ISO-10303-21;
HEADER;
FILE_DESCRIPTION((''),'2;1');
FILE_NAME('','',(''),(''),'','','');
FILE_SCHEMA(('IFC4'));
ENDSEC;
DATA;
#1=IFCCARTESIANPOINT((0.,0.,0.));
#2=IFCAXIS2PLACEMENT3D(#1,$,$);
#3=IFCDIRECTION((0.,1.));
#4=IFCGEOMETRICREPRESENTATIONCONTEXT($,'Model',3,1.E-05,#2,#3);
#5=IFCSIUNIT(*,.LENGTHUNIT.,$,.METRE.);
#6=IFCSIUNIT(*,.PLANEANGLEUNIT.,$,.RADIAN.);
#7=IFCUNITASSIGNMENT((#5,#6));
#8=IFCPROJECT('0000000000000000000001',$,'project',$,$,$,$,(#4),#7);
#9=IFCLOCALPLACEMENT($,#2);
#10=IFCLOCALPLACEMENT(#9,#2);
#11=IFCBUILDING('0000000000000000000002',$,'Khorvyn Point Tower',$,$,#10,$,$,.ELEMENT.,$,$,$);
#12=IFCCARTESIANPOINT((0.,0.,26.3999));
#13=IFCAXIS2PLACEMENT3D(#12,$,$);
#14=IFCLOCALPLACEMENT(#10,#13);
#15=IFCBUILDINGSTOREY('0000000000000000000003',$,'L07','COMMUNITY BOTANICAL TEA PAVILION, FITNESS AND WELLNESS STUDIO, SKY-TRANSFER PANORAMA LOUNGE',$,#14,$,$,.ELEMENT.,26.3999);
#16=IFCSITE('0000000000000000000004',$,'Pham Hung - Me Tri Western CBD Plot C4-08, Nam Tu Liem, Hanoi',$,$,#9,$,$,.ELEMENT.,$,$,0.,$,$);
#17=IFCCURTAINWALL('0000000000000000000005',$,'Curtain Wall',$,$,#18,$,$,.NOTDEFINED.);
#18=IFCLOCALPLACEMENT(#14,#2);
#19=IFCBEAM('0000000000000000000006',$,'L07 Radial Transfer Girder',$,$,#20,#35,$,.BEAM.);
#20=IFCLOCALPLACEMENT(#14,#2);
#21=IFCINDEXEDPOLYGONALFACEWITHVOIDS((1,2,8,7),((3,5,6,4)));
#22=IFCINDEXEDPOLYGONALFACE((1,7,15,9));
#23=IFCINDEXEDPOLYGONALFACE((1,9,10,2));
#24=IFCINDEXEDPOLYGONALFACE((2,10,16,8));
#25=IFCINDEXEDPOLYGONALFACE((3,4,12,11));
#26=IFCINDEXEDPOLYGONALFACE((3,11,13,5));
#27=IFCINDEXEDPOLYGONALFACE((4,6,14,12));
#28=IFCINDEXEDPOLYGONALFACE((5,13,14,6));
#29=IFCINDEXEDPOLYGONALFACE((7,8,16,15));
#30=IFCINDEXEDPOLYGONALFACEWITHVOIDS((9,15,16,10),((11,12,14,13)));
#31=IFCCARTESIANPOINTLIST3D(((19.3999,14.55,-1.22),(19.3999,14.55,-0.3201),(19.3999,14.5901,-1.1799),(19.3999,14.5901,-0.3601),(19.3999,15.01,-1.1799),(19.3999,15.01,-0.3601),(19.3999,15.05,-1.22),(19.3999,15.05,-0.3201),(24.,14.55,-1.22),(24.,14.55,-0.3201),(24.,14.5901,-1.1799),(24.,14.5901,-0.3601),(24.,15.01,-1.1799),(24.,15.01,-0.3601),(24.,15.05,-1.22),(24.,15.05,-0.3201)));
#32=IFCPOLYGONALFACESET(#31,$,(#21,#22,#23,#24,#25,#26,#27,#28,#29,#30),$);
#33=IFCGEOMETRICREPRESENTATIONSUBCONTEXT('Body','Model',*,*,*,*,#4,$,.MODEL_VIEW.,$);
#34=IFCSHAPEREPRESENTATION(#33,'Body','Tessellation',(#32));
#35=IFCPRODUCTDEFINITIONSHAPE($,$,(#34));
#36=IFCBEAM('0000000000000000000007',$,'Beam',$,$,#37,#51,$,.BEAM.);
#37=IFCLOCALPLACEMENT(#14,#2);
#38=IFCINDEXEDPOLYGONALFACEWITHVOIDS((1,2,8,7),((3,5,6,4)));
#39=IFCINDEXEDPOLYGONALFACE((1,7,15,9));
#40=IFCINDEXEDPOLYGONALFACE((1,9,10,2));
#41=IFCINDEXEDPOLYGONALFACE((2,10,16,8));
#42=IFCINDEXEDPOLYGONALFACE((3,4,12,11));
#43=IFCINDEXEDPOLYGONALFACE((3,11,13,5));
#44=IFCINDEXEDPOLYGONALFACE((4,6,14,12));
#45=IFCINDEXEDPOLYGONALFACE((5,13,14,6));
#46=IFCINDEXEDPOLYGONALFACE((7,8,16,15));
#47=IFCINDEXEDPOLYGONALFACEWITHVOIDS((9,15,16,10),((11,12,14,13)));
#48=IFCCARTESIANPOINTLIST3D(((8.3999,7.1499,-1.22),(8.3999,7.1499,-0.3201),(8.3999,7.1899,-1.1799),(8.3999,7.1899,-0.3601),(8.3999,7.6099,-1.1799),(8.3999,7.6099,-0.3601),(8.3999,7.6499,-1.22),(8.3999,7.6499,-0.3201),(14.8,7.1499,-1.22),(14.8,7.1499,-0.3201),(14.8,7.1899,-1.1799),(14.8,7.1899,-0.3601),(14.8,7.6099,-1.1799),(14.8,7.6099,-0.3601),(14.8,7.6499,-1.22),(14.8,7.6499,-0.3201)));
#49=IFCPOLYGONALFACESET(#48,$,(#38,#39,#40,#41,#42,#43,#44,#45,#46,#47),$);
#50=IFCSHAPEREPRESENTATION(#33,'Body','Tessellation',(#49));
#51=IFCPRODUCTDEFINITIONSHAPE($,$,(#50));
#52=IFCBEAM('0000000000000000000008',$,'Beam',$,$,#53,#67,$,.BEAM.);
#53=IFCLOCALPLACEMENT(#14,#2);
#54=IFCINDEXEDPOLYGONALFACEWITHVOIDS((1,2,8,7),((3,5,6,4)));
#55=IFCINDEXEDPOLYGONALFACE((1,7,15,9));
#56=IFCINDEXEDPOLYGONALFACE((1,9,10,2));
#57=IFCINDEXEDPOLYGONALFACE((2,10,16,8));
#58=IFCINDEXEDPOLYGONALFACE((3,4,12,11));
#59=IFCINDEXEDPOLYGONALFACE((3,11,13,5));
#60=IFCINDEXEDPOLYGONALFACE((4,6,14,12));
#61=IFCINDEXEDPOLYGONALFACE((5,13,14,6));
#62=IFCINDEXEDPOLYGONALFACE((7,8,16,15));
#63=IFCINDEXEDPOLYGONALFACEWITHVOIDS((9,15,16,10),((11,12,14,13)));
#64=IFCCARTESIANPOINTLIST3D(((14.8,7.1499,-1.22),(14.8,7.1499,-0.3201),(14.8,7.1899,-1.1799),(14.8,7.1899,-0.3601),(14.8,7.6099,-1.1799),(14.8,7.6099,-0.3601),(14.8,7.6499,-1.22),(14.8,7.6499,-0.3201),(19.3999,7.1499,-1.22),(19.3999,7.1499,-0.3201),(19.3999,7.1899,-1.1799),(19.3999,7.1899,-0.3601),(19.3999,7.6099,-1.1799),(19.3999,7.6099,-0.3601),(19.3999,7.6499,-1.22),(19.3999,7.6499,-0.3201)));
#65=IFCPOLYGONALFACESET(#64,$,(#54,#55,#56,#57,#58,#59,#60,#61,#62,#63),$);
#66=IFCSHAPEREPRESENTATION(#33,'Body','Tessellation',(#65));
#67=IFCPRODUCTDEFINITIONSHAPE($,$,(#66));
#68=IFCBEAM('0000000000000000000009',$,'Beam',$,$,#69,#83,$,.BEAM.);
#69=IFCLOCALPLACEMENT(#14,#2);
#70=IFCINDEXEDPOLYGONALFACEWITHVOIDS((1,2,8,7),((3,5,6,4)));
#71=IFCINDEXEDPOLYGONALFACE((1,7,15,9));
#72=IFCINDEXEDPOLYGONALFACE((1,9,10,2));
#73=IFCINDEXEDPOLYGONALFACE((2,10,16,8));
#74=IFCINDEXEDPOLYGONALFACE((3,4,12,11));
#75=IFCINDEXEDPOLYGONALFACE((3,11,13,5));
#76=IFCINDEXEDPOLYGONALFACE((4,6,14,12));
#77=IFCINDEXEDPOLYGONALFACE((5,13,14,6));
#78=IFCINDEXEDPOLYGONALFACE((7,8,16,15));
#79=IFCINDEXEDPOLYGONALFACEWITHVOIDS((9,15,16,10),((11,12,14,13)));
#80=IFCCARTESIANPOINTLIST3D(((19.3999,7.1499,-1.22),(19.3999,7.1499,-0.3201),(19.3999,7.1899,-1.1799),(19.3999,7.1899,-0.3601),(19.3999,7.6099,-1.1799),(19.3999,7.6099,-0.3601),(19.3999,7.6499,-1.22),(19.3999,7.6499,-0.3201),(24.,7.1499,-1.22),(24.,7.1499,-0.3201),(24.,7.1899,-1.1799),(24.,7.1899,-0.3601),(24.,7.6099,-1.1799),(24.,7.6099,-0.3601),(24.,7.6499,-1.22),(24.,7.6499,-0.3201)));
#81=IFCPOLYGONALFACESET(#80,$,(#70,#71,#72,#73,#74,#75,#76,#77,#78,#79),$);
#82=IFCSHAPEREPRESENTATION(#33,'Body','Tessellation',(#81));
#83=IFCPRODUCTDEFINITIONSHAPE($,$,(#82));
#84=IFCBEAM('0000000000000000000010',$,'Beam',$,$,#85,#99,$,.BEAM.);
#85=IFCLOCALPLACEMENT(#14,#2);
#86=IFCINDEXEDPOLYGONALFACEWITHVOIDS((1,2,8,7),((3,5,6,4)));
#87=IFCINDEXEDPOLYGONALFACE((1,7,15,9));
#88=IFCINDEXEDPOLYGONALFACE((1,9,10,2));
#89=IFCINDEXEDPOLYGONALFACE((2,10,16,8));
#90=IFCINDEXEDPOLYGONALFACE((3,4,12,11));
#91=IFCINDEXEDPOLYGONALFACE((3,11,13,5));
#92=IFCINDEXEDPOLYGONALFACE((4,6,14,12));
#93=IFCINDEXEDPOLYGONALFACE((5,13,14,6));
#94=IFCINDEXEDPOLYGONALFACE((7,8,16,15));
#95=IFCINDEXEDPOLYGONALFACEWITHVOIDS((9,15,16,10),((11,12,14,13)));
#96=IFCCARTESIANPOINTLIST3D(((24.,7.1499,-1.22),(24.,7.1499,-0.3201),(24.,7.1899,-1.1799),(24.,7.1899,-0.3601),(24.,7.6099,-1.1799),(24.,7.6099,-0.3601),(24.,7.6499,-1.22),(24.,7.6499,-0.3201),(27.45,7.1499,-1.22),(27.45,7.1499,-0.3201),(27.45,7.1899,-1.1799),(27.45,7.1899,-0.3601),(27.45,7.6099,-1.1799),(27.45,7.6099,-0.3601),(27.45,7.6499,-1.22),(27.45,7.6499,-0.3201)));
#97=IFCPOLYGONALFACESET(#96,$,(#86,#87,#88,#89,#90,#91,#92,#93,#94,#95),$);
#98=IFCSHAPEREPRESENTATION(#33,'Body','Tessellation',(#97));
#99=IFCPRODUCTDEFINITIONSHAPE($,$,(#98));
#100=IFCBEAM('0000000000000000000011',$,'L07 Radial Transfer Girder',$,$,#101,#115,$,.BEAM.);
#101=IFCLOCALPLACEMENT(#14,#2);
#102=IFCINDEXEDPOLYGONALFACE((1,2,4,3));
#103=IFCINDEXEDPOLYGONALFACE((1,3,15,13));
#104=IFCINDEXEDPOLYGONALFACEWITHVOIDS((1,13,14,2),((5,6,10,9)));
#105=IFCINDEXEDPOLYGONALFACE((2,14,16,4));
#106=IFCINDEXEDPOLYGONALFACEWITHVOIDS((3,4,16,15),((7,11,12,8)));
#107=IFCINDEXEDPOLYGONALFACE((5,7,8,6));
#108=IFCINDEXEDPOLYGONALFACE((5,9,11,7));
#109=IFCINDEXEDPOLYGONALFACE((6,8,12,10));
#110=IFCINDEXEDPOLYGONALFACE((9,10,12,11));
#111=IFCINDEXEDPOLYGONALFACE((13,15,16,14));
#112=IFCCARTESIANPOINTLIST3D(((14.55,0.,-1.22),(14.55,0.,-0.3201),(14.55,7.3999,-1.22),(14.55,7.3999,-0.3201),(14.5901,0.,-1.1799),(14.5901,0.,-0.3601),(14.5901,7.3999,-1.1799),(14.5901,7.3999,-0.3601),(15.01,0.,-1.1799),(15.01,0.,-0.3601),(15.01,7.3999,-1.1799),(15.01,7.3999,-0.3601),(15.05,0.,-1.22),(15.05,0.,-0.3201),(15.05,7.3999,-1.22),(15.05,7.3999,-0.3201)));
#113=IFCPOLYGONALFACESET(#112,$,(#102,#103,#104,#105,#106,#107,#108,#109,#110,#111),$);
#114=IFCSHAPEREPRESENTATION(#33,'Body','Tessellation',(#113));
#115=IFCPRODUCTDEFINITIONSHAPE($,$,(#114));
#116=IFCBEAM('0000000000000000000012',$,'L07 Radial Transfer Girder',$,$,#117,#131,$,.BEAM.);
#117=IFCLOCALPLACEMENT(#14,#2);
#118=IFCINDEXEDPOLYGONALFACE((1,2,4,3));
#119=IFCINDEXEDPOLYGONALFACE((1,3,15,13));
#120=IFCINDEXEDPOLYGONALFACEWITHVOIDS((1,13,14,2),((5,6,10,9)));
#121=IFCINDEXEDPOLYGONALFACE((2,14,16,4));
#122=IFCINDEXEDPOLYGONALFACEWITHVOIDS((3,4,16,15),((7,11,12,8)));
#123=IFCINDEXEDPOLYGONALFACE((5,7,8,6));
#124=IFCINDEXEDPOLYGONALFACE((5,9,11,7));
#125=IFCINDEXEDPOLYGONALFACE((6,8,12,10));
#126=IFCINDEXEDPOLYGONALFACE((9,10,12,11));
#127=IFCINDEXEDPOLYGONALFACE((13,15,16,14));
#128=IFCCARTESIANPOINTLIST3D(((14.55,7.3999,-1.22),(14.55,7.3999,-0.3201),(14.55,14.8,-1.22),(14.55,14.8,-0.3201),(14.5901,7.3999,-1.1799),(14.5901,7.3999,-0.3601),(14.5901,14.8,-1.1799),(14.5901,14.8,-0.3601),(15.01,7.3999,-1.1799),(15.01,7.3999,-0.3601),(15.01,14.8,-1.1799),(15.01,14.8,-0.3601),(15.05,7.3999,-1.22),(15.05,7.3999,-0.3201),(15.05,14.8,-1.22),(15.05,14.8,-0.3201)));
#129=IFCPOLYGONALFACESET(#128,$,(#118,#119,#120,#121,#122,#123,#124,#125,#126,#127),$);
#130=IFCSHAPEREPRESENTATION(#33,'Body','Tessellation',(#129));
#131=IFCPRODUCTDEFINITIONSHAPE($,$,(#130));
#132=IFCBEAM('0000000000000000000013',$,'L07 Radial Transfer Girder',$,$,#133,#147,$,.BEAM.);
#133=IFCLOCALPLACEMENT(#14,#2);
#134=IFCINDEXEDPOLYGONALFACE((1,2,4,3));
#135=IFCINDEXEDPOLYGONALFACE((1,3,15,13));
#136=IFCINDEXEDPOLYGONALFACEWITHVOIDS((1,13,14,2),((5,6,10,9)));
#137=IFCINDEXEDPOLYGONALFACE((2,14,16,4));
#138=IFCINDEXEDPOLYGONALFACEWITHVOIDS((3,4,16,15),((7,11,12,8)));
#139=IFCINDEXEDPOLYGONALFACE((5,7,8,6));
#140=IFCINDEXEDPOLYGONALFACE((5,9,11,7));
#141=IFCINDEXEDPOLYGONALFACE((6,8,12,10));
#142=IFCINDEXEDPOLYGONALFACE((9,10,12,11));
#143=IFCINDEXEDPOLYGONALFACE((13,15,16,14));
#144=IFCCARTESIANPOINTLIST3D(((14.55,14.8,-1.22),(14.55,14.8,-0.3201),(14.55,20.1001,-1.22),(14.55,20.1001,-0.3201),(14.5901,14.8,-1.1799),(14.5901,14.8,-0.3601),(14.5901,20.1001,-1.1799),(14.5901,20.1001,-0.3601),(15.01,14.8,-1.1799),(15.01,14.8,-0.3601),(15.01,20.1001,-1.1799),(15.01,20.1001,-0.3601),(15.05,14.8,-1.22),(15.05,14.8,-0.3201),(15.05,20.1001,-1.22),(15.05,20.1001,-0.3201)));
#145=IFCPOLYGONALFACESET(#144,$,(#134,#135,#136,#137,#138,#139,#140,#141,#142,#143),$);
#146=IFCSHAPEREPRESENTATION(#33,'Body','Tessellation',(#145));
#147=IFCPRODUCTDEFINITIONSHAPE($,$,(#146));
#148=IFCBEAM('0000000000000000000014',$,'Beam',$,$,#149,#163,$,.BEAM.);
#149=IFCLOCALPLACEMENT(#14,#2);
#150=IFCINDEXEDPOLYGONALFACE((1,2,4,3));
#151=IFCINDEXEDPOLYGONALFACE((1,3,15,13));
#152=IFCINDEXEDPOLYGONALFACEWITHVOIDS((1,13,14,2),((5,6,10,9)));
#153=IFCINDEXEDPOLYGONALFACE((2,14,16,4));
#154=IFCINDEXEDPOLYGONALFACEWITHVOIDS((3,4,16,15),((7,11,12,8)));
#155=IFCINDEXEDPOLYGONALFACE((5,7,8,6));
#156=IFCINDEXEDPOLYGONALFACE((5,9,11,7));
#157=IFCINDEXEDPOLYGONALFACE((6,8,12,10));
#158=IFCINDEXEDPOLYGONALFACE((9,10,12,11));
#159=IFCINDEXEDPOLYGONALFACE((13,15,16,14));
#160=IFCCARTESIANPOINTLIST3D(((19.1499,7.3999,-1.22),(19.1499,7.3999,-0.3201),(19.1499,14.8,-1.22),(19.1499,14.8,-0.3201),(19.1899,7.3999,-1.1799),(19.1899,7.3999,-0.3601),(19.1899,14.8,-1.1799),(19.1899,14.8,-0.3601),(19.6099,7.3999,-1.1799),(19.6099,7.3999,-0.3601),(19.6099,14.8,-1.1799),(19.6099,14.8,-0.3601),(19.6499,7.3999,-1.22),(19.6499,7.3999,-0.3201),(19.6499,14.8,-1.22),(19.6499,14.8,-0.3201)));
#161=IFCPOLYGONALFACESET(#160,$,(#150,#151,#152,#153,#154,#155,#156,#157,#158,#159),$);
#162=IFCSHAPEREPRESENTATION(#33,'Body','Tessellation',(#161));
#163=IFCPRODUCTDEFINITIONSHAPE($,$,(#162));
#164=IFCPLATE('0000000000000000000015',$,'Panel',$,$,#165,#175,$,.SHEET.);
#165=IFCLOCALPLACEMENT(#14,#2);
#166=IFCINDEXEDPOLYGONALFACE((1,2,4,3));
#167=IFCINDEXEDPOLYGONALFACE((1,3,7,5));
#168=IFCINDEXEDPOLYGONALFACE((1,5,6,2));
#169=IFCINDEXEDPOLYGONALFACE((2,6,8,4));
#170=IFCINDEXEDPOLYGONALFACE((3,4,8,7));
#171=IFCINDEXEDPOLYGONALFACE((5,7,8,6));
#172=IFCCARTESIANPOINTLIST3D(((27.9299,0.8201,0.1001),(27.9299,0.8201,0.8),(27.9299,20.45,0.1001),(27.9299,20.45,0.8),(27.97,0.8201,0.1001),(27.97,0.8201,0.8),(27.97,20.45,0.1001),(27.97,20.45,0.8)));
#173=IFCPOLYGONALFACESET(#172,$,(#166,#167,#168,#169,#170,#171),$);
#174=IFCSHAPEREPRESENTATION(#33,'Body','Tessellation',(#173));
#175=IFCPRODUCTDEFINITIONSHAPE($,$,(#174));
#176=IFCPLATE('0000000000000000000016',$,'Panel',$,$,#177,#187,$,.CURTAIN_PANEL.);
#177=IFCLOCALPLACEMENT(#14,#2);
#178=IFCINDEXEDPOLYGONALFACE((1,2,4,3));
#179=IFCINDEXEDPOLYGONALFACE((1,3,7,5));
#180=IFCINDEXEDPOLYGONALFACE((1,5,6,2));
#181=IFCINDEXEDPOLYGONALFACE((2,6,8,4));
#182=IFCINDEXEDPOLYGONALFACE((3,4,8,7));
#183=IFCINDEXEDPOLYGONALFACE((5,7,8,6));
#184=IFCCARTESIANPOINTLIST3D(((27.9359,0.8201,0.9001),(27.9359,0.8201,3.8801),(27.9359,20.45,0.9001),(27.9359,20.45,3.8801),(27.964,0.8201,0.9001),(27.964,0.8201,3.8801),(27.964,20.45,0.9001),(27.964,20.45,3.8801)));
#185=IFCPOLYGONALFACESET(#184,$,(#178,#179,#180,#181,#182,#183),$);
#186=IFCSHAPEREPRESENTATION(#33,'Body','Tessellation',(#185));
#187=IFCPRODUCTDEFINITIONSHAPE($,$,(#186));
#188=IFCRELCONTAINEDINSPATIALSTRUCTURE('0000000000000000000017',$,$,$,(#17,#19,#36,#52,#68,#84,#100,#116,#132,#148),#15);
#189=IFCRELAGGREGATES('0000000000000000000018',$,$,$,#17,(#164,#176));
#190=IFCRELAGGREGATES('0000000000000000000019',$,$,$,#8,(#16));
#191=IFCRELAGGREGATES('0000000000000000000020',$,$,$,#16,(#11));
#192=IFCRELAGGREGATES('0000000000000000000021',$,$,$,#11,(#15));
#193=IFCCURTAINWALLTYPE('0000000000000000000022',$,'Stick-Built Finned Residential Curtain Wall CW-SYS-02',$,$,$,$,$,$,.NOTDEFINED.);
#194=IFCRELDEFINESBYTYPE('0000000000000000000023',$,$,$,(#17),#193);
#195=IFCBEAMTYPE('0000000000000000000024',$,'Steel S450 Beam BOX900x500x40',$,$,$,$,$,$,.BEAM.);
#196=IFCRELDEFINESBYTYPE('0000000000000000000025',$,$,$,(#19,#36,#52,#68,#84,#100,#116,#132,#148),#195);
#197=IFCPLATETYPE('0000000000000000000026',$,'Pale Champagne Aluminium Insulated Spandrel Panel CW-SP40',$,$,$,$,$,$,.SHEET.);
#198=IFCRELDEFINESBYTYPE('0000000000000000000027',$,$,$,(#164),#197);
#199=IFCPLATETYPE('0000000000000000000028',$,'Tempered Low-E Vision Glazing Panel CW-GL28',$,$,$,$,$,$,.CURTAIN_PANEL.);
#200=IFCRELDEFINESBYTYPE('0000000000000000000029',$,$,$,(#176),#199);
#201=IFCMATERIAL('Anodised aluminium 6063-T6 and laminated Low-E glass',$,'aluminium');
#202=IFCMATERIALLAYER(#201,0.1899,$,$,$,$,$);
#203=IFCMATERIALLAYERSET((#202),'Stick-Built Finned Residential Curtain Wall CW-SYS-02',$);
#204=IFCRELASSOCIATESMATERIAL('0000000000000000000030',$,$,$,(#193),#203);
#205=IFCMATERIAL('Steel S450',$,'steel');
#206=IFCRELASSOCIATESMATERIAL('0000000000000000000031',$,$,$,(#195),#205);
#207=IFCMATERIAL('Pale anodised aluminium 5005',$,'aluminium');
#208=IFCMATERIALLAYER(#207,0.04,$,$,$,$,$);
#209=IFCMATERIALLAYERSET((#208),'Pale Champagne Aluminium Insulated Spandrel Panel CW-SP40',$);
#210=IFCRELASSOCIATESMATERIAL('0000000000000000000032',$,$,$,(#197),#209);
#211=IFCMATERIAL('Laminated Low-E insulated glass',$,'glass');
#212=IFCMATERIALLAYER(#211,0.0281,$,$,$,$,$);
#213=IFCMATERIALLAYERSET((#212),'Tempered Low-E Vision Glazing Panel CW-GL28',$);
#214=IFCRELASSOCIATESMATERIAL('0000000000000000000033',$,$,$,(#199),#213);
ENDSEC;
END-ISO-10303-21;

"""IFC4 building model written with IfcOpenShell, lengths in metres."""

from ifc_helpers import new_model, si_unit, direction, frame, origin, origin_2d, place, context, subcontext, project, spatial, rectangle, hollow_rectangle, extrude, material, layer, layer_set, material_profile, profile_set, type_object, element, aggregate, save


model = new_model("IFC4")

# Units and contexts
model_context = context("Model", 3, precision=1e-05, world=origin(), true_north=direction((0.0, 1.0)))
body_context = subcontext(model_context, "Body", "Model", "MODEL_VIEW")
ifc_project = project(units=[si_unit("LENGTHUNIT", "METRE"), si_unit("PLANEANGLEUNIT", "RADIAN")], contexts=[model_context])

# Site, building, storey
site_placement = place(None, origin())
site = spatial("IfcSite", under=ifc_project, at=site_placement, Name="Pham Hung - Me Tri Western CBD Plot C4-08, Nam Tu Liem, Hanoi", CompositionType="ELEMENT", RefElevation=0.0)
building_placement = place(site_placement, origin())
building = spatial("IfcBuilding", under=site, at=building_placement, Name="Khorvyn Point Tower", CompositionType="ELEMENT")
storey_placement = place(building_placement, frame((0.0, 0.0, 26.3999)))
storey = spatial("IfcBuildingStorey", under=building, at=storey_placement, Name="L07", Description="COMMUNITY BOTANICAL TEA PAVILION, FITNESS AND WELLNESS STUDIO, SKY-TRANSFER PANORAMA LOUNGE", CompositionType="ELEMENT", Elevation=26.3999)

# Shared definitions
ifc_material_1 = material(Name="Steel S450", Category="steel")

# Curtain wall
ifc_material_2 = material(Name="Anodised aluminium 6063-T6 and laminated Low-E glass", Category="aluminium")
ifc_layer_1 = layer(ifc_material_2, 0.1899)
ifc_layer_set_1 = layer_set([ifc_layer_1], Name="Stick-Built Finned Residential Curtain Wall CW-SYS-02")
curtain_wall_type = type_object("IfcCurtainWallType", Name="Stick-Built Finned Residential Curtain Wall CW-SYS-02", PredefinedType="NOTDEFINED", material=ifc_layer_set_1)
curtain_wall_placement = place(storey_placement, origin())
curtain_wall = element("IfcCurtainWall", 1, at=curtain_wall_placement, inside=storey, type_object=curtain_wall_type, Name="Curtain Wall", PredefinedType="NOTDEFINED")

# Beams
ifc_material_profile_1 = material_profile(ifc_material_1, hollow_rectangle(XDim=0.5, YDim=0.8999, WallThickness=0.04, at=origin_2d()))
ifc_profile_set_1 = profile_set([ifc_material_profile_1], Name="Steel S450 BOX900x500x40")
beam_type_1 = type_object("IfcBeamType", Name="Steel S450 Beam BOX900x500x40", PredefinedType="BEAM", material=ifc_profile_set_1)
beam_1_placement = place(storey_placement, frame((19.3999, 14.8, -0.77), z_axis=(1.0, 0.0, 0.0), x_axis=(0.0, 1.0, 0.0)))
element("IfcBeam", 2, at=beam_1_placement, inside=storey, type_object=beam_type_1, Name="L07 Radial Transfer Girder", PredefinedType="BEAM", context=body_context, shape_type="SweptSolid", body=[
    extrude(hollow_rectangle(XDim=0.5, YDim=0.8999, WallThickness=0.04, at=origin_2d()), origin(), (0.0, 0.0, 1.0), 4.6001),
])
beam_2_placement = place(storey_placement, frame((8.3999, 7.3999, -0.77), z_axis=(1.0, 0.0, 0.0), x_axis=(0.0, 1.0, 0.0)))
element("IfcBeam", 3, at=beam_2_placement, inside=storey, type_object=beam_type_1, Name="Beam", PredefinedType="BEAM", context=body_context, shape_type="SweptSolid", body=[
    extrude(hollow_rectangle(XDim=0.5, YDim=0.8999, WallThickness=0.04, at=origin_2d()), origin(), (0.0, 0.0, 1.0), 6.4001),
])
beam_3_placement = place(storey_placement, frame((14.8, 7.3999, -0.77), z_axis=(1.0, 0.0, 0.0), x_axis=(0.0, 1.0, 0.0)))
element("IfcBeam", 4, at=beam_3_placement, inside=storey, type_object=beam_type_1, Name="Beam", PredefinedType="BEAM", context=body_context, shape_type="SweptSolid", body=[
    extrude(hollow_rectangle(XDim=0.5, YDim=0.8999, WallThickness=0.04, at=origin_2d()), origin(), (0.0, 0.0, 1.0), 4.5999),
])
beam_4_placement = place(storey_placement, frame((19.3999, 7.3999, -0.77), z_axis=(1.0, 0.0, 0.0), x_axis=(0.0, 1.0, 0.0)))
element("IfcBeam", 5, at=beam_4_placement, inside=storey, type_object=beam_type_1, Name="Beam", PredefinedType="BEAM", context=body_context, shape_type="SweptSolid", body=[
    extrude(hollow_rectangle(XDim=0.5, YDim=0.8999, WallThickness=0.04, at=origin_2d()), origin(), (0.0, 0.0, 1.0), 4.6001),
])
beam_5_placement = place(storey_placement, frame((24.0, 7.3999, -0.77), z_axis=(1.0, 0.0, 0.0), x_axis=(0.0, 1.0, 0.0)))
element("IfcBeam", 6, at=beam_5_placement, inside=storey, type_object=beam_type_1, Name="Beam", PredefinedType="BEAM", context=body_context, shape_type="SweptSolid", body=[
    extrude(hollow_rectangle(XDim=0.5, YDim=0.8999, WallThickness=0.04, at=origin_2d()), origin(), (0.0, 0.0, 1.0), 3.45),
])
beam_6_placement = place(storey_placement, frame((14.8, 0.0, -0.77), z_axis=(0.0, 1.0, 0.0), x_axis=(-1.0, 0.0, 0.0)))
element("IfcBeam", 7, at=beam_6_placement, inside=storey, type_object=beam_type_1, Name="L07 Radial Transfer Girder", PredefinedType="BEAM", context=body_context, shape_type="SweptSolid", body=[
    extrude(hollow_rectangle(XDim=0.5, YDim=0.8999, WallThickness=0.04, at=origin_2d()), origin(), (0.0, 0.0, 1.0), 7.3999),
])
beam_7_placement = place(storey_placement, frame((14.8, 7.3999, -0.77), z_axis=(0.0, 1.0, 0.0), x_axis=(-1.0, 0.0, 0.0)))
element("IfcBeam", 8, at=beam_7_placement, inside=storey, type_object=beam_type_1, Name="L07 Radial Transfer Girder", PredefinedType="BEAM", context=body_context, shape_type="SweptSolid", body=[
    extrude(hollow_rectangle(XDim=0.5, YDim=0.8999, WallThickness=0.04, at=origin_2d()), origin(), (0.0, 0.0, 1.0), 7.4001),
])
beam_8_placement = place(storey_placement, frame((14.8, 14.8, -0.77), z_axis=(0.0, 1.0, 0.0), x_axis=(-1.0, 0.0, 0.0)))
element("IfcBeam", 9, at=beam_8_placement, inside=storey, type_object=beam_type_1, Name="L07 Radial Transfer Girder", PredefinedType="BEAM", context=body_context, shape_type="SweptSolid", body=[
    extrude(hollow_rectangle(XDim=0.5, YDim=0.8999, WallThickness=0.04, at=origin_2d()), origin(), (0.0, 0.0, 1.0), 5.3),
])
beam_9_placement = place(storey_placement, frame((19.3999, 7.3999, -0.77), z_axis=(0.0, 1.0, 0.0), x_axis=(-1.0, 0.0, 0.0)))
element("IfcBeam", 10, at=beam_9_placement, inside=storey, type_object=beam_type_1, Name="Beam", PredefinedType="BEAM", context=body_context, shape_type="SweptSolid", body=[
    extrude(hollow_rectangle(XDim=0.5, YDim=0.8999, WallThickness=0.04, at=origin_2d()), origin(), (0.0, 0.0, 1.0), 7.4001),
])

# Plates
ifc_material_3 = material(Name="Pale anodised aluminium 5005", Category="aluminium")
ifc_layer_2 = layer(ifc_material_3, 0.04)
ifc_layer_set_2 = layer_set([ifc_layer_2], Name="Pale Champagne Aluminium Insulated Spandrel Panel CW-SP40")
plate_type_1 = type_object("IfcPlateType", Name="Pale Champagne Aluminium Insulated Spandrel Panel CW-SP40", PredefinedType="SHEET", material=ifc_layer_set_2)
plate_1_placement = place(storey_placement, frame((27.95, 10.635, 0.1001), z_axis=(0.0, 0.0, 1.0), x_axis=(0.0, -1.0, 0.0)))
plate_1 = element("IfcPlate", 11, at=plate_1_placement, type_object=plate_type_1, Name="Panel", PredefinedType="SHEET", context=body_context, shape_type="SweptSolid", body=[
    extrude(rectangle(XDim=19.6299, YDim=0.04, at=origin_2d()), origin(), (0.0, 0.0, 1.0), 0.7),
])
ifc_material_4 = material(Name="Laminated Low-E insulated glass", Category="glass")
ifc_layer_3 = layer(ifc_material_4, 0.0281)
ifc_layer_set_3 = layer_set([ifc_layer_3], Name="Tempered Low-E Vision Glazing Panel CW-GL28")
plate_type_2 = type_object("IfcPlateType", Name="Tempered Low-E Vision Glazing Panel CW-GL28", PredefinedType="CURTAIN_PANEL", material=ifc_layer_set_3)
plate_2_placement = place(storey_placement, frame((27.95, 10.635, 0.9001), z_axis=(0.0, 0.0, 1.0), x_axis=(0.0, -1.0, 0.0)))
plate_2 = element("IfcPlate", 12, at=plate_2_placement, type_object=plate_type_2, Name="Panel", PredefinedType="CURTAIN_PANEL", context=body_context, shape_type="SweptSolid", body=[
    extrude(rectangle(XDim=19.6299, YDim=0.0281, at=origin_2d()), origin(), (0.0, 0.0, 1.0), 2.98),
])
aggregate(curtain_wall, [plate_1, plate_2])

save(model, "model.ifc")
